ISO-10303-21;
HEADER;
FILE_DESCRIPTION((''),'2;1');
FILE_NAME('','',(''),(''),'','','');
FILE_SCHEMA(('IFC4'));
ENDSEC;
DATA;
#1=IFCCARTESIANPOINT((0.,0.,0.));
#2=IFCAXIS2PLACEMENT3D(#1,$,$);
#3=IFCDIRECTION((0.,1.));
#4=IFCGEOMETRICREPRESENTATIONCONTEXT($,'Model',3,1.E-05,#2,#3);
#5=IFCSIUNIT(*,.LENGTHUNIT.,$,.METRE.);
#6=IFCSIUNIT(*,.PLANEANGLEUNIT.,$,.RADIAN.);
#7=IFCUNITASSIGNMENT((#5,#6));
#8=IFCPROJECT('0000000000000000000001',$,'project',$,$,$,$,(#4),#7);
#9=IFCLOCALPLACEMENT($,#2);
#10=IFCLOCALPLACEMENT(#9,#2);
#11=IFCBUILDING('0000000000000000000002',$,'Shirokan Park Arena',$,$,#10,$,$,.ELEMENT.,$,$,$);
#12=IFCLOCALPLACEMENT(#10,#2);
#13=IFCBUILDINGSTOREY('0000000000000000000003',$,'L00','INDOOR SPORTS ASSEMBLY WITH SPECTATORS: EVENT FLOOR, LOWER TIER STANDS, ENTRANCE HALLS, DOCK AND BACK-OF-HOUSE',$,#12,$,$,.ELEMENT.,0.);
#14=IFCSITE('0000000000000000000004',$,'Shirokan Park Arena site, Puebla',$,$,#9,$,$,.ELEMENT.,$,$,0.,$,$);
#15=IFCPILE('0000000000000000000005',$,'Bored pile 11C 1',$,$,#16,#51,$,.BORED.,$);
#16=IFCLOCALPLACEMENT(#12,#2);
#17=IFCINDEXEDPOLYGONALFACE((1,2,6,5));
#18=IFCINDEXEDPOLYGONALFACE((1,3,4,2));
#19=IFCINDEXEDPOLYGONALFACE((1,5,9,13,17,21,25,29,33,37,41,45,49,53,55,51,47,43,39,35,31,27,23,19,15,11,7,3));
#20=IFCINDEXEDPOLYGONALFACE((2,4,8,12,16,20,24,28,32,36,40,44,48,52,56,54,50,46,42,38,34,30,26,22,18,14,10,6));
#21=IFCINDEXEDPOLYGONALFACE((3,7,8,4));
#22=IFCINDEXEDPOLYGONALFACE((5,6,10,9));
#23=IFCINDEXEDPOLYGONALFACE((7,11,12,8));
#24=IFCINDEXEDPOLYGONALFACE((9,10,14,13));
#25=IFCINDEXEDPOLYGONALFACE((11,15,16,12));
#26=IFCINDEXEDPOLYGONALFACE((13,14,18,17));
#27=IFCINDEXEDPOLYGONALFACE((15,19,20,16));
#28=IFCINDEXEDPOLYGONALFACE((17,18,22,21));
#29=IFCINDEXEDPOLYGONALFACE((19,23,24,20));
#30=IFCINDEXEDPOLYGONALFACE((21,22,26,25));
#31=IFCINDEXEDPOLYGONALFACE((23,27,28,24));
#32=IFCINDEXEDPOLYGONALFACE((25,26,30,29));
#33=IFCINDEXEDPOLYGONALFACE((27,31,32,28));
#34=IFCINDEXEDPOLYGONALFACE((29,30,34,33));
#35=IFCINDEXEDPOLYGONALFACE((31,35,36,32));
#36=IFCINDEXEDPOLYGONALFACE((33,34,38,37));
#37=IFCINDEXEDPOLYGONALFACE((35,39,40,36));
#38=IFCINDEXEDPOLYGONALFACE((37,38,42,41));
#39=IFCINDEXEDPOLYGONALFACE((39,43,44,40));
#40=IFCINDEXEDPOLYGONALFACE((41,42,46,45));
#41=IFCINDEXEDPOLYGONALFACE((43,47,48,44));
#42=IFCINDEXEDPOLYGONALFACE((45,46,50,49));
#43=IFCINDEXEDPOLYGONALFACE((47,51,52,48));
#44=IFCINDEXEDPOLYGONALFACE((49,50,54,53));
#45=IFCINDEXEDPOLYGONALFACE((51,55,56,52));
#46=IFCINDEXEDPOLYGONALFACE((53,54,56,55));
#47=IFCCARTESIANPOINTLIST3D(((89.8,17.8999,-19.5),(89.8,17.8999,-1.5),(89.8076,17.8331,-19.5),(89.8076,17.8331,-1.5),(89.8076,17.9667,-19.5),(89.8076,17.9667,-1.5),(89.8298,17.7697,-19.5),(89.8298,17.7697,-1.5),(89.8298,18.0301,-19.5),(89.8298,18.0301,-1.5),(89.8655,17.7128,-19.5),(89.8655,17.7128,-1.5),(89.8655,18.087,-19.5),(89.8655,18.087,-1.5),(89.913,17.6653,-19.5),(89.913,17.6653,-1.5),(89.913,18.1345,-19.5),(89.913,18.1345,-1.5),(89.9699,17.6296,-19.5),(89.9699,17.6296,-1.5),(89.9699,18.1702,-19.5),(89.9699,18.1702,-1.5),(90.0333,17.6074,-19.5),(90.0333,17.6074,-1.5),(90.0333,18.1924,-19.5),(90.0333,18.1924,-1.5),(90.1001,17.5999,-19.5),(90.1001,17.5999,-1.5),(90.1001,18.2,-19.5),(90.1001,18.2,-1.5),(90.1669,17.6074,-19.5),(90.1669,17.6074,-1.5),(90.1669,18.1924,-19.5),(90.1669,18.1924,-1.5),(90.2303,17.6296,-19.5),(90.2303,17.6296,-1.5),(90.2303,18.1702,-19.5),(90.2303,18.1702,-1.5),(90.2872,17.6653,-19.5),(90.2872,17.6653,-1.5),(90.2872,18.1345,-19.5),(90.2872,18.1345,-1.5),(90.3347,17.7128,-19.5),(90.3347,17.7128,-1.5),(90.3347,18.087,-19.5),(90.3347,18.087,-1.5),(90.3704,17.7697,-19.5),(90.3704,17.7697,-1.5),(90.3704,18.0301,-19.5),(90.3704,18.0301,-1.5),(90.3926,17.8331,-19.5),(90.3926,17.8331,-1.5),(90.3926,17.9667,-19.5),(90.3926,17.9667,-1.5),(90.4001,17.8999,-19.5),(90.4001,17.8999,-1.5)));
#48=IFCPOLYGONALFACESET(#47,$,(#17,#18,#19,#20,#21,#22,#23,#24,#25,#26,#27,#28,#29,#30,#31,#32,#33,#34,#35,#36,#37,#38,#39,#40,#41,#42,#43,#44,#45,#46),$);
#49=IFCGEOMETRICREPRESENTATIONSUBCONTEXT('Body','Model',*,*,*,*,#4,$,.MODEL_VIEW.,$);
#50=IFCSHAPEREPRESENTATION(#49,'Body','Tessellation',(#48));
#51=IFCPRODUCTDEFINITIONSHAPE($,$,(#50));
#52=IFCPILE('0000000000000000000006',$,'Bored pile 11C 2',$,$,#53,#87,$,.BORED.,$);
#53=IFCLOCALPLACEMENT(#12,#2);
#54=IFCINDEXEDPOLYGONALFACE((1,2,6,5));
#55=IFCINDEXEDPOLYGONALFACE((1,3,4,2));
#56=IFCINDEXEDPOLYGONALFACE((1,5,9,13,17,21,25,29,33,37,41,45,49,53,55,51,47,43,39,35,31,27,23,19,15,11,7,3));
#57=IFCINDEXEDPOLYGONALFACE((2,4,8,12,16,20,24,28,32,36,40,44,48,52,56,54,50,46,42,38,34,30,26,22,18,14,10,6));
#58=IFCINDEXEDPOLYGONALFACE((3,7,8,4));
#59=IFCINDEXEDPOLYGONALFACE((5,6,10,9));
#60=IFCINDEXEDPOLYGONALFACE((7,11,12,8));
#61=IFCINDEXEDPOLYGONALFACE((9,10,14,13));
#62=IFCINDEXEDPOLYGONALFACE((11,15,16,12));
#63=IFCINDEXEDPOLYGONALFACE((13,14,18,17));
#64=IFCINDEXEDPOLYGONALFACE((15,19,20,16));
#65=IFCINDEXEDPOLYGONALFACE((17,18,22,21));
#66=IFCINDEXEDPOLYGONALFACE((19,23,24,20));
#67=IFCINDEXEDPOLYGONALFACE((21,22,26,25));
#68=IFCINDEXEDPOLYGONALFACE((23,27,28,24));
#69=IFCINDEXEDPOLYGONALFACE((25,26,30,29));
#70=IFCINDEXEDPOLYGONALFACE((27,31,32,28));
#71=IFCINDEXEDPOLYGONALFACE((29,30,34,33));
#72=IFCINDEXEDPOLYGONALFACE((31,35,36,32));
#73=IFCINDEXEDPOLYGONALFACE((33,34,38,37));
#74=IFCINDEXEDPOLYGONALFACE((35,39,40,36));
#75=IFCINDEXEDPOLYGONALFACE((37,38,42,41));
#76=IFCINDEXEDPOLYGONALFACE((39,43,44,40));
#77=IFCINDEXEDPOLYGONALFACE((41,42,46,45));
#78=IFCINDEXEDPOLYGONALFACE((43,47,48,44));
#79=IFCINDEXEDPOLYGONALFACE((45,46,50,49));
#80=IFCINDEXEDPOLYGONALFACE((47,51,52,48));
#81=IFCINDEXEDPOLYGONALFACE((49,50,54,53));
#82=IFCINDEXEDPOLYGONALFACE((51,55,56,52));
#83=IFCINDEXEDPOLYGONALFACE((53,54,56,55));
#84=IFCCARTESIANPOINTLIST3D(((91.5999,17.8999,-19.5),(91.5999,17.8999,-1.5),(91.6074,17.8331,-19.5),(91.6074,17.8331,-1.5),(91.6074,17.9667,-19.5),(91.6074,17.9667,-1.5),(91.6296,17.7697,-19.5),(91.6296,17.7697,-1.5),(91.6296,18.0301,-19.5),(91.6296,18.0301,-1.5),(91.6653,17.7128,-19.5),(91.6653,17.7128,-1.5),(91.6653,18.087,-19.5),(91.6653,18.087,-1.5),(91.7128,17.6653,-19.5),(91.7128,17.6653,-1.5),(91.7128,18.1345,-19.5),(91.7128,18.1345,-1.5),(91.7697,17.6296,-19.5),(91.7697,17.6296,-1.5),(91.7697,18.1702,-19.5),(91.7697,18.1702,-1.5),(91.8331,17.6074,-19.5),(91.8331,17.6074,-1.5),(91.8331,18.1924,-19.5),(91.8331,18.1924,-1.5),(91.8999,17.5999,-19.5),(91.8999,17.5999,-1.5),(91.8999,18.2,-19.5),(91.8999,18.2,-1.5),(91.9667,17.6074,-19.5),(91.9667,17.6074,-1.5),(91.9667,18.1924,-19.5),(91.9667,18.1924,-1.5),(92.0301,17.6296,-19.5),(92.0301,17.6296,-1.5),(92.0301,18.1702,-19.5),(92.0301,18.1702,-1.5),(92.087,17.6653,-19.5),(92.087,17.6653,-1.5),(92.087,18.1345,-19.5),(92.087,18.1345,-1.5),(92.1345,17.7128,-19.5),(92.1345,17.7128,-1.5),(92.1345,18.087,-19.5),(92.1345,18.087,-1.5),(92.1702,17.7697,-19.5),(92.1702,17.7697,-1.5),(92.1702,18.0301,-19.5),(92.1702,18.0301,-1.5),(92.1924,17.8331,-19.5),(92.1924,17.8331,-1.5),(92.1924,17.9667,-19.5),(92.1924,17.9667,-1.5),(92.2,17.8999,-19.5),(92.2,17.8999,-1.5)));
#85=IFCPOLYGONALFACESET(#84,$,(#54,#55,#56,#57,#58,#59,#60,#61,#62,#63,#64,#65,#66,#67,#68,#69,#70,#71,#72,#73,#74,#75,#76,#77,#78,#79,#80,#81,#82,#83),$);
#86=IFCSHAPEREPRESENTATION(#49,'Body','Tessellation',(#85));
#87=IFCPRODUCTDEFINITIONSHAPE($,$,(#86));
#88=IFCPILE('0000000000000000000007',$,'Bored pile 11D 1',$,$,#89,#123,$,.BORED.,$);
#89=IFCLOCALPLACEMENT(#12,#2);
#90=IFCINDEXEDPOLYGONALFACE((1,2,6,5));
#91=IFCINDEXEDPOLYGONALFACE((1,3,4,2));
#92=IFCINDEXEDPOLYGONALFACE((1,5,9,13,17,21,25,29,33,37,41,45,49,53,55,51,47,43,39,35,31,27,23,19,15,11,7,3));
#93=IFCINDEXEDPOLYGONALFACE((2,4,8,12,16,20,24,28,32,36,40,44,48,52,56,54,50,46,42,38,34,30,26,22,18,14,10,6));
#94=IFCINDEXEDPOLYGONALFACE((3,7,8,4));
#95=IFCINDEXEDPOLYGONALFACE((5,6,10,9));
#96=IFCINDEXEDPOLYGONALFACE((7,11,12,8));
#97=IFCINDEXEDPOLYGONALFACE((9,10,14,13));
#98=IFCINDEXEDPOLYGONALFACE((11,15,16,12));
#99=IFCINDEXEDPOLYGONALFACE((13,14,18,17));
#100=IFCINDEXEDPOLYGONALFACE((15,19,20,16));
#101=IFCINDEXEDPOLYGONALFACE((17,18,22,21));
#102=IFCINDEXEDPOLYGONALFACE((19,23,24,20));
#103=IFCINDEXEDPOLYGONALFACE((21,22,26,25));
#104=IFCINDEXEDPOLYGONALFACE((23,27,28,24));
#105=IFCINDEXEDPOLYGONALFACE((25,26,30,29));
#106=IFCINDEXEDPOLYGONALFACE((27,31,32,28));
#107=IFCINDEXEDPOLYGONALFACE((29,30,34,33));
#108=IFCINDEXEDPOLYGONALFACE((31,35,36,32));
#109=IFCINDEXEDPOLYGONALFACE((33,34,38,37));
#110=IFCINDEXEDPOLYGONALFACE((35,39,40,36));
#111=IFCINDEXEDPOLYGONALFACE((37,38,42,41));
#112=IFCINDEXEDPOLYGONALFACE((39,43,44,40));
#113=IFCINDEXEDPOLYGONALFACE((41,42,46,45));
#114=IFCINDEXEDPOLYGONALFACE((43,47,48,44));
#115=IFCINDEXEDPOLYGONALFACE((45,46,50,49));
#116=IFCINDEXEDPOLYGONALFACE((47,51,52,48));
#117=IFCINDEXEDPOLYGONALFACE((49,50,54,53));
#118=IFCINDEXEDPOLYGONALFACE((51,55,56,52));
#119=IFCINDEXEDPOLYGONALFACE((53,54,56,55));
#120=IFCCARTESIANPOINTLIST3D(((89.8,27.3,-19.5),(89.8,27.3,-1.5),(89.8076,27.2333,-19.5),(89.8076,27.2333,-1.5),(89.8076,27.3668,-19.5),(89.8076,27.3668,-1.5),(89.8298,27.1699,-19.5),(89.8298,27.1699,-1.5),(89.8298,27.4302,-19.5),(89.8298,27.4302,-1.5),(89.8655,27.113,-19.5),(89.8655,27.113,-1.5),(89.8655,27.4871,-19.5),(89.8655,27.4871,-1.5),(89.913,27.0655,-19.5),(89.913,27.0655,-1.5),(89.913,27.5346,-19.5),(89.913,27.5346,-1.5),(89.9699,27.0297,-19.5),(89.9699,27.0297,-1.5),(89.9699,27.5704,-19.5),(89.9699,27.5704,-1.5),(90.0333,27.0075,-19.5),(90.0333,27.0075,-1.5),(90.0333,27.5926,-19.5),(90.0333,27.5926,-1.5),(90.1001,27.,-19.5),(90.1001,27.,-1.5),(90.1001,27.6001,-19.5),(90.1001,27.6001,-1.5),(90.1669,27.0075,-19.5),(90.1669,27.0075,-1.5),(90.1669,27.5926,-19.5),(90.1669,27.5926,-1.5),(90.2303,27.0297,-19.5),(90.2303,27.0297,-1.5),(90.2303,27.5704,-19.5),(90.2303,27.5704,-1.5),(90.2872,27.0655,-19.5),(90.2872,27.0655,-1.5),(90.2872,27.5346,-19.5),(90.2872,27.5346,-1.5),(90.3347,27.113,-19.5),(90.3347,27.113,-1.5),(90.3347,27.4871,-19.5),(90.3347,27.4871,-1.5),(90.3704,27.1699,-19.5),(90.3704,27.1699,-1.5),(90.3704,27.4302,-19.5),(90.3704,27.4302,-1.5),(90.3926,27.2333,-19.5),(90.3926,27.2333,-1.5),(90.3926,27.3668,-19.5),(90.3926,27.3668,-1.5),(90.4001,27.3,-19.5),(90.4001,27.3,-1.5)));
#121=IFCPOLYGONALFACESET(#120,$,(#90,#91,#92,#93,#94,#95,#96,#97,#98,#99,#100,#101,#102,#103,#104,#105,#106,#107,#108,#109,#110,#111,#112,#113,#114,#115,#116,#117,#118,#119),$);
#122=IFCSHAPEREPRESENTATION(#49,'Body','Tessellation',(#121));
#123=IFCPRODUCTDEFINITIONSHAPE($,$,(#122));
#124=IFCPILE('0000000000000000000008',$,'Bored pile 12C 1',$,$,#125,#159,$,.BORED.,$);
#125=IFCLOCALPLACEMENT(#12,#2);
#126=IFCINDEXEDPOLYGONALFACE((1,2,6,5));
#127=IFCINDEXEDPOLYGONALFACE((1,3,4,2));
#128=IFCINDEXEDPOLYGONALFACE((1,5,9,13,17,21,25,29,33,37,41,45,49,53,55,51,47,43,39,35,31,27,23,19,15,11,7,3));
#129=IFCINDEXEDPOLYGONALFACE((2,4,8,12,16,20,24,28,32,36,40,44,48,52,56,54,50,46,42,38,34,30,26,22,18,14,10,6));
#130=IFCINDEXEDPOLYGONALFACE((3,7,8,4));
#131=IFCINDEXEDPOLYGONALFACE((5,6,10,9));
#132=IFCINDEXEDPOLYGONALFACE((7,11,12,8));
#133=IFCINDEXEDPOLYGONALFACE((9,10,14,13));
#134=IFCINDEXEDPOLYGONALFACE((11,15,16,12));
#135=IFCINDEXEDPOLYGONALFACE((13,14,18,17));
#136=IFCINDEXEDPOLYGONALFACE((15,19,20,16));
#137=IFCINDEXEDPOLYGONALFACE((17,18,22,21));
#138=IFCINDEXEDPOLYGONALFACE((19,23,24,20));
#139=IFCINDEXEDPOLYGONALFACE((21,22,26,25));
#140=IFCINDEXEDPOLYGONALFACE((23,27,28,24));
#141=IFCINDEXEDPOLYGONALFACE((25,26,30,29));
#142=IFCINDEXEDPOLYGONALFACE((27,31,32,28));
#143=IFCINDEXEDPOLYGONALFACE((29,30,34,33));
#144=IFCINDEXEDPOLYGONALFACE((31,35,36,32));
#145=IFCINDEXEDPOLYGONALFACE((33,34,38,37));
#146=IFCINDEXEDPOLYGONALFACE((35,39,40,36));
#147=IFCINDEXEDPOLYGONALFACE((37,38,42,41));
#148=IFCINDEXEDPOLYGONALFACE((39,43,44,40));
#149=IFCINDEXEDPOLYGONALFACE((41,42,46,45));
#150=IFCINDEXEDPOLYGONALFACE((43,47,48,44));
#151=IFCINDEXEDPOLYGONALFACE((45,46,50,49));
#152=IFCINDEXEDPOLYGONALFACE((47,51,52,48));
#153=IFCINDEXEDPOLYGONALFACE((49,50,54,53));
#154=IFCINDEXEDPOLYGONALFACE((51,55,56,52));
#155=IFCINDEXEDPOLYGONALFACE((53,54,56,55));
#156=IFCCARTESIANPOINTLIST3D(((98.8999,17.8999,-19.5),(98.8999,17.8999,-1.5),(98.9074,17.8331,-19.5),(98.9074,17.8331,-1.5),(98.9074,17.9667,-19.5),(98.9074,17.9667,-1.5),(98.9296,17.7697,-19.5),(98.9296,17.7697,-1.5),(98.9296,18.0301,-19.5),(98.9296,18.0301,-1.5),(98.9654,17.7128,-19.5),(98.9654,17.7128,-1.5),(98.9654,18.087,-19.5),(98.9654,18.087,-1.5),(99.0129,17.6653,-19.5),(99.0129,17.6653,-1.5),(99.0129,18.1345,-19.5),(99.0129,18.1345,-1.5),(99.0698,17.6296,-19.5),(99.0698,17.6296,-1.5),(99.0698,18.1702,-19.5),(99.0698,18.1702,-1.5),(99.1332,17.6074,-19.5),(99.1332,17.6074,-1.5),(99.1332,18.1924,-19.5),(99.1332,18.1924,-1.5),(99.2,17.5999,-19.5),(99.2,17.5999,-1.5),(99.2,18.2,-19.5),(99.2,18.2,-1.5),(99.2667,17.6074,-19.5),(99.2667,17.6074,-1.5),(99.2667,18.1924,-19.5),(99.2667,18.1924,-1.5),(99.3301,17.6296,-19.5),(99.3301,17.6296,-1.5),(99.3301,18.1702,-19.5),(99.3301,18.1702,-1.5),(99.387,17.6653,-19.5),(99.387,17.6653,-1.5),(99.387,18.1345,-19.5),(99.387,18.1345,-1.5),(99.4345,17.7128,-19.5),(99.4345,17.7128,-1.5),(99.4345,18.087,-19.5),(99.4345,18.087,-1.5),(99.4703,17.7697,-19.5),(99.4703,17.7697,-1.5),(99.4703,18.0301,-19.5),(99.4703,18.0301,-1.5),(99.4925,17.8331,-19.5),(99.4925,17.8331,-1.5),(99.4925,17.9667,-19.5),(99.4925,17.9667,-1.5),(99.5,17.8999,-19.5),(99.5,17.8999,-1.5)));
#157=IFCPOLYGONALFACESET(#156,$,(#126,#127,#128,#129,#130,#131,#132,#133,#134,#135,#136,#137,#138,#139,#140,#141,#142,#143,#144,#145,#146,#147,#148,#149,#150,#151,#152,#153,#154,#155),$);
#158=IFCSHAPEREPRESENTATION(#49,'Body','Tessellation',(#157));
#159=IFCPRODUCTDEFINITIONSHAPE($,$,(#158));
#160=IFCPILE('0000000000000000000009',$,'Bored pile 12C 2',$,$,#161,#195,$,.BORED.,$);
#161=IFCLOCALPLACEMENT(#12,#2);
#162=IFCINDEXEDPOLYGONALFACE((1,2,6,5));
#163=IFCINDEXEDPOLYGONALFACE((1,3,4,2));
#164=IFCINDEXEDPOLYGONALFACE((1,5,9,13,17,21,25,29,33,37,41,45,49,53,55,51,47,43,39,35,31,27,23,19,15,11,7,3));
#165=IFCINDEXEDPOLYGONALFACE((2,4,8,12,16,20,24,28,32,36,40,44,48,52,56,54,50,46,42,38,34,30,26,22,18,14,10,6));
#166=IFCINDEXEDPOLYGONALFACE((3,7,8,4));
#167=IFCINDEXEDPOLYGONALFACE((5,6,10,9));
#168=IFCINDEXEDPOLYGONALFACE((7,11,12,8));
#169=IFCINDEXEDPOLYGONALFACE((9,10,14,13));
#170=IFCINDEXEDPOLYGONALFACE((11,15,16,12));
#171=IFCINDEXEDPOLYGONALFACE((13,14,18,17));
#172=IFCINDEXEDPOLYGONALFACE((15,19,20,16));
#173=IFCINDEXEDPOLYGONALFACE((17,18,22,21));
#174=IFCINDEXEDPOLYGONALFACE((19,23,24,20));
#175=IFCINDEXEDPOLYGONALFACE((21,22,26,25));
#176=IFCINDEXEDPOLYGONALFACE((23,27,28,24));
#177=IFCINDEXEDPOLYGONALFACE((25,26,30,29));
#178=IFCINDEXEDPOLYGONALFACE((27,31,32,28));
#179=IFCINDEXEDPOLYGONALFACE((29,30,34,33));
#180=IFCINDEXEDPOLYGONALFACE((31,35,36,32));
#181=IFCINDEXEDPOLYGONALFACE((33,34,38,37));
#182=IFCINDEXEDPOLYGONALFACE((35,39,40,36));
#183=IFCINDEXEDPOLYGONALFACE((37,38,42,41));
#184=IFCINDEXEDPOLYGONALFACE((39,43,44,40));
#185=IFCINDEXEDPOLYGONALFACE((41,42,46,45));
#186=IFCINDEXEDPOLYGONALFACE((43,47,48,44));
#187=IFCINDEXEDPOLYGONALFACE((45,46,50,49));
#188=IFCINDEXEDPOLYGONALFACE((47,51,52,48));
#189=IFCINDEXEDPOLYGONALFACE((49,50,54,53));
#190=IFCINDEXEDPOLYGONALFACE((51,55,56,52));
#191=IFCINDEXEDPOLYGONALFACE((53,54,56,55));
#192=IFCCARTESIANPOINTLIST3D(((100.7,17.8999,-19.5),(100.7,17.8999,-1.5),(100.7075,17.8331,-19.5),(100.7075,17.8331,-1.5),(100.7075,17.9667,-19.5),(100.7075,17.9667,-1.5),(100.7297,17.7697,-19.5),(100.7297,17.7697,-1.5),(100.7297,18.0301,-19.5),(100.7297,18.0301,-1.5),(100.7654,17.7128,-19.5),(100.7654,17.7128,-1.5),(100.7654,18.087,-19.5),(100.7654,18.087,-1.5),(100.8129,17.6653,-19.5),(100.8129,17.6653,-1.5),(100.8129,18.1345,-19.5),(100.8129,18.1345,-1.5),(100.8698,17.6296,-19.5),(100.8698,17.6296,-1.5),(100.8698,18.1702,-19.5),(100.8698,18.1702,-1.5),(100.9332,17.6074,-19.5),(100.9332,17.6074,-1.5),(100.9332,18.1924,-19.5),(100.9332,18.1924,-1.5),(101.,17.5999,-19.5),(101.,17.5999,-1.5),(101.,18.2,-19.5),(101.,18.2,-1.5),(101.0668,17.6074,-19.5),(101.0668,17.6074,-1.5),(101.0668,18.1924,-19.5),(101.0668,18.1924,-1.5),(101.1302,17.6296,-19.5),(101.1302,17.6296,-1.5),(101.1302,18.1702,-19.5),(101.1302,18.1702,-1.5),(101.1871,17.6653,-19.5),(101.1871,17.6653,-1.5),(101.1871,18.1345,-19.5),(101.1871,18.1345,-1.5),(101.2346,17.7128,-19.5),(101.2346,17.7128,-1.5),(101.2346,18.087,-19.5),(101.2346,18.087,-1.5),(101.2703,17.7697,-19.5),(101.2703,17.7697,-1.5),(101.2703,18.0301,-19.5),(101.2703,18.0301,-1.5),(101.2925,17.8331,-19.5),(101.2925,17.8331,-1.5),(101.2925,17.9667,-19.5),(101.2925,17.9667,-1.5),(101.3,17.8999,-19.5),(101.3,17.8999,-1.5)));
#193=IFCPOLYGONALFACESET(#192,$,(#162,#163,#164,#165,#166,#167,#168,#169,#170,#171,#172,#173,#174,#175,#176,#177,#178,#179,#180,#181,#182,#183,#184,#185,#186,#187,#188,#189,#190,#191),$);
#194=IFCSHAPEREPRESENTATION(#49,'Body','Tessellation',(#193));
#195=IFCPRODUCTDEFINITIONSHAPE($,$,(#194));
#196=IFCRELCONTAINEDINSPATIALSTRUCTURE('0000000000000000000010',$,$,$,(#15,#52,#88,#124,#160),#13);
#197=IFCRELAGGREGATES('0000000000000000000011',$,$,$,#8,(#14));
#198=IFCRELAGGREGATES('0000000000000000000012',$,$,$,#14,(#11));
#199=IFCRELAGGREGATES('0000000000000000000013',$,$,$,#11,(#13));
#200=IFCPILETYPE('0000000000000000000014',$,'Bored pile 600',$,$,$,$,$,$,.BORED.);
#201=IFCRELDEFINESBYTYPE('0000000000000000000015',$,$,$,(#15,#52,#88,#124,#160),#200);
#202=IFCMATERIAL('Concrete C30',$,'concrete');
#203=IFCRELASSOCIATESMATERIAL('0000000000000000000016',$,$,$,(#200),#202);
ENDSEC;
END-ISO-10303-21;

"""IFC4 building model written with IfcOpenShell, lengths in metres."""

from ifc_helpers import new_model, si_unit, direction, frame, origin, origin_2d, place, context, subcontext, project, spatial, circle, extrude, material, material_profile, profile_set, type_object, element, save


model = new_model("IFC4")

# Units and contexts
model_context = context("Model", 3, precision=1e-05, world=origin(), true_north=direction((0.0, 1.0)))
body_context = subcontext(model_context, "Body", "Model", "MODEL_VIEW")
ifc_project = project(units=[si_unit("LENGTHUNIT", "METRE"), si_unit("PLANEANGLEUNIT", "RADIAN")], contexts=[model_context])

# Site, building, storey
site_placement = place(None, origin())
site = spatial("IfcSite", under=ifc_project, at=site_placement, Name="Shirokan Park Arena site, Puebla", CompositionType="ELEMENT", RefElevation=0.0)
building_placement = place(site_placement, origin())
building = spatial("IfcBuilding", under=site, at=building_placement, Name="Shirokan Park Arena", CompositionType="ELEMENT")
storey_placement = place(building_placement, origin())
storey = spatial("IfcBuildingStorey", under=building, at=storey_placement, Name="L00", Description="INDOOR SPORTS ASSEMBLY WITH SPECTATORS: EVENT FLOOR, LOWER TIER STANDS, ENTRANCE HALLS, DOCK AND BACK-OF-HOUSE", CompositionType="ELEMENT", Elevation=0.0)

# Piles
ifc_material_1 = material(Name="Concrete C30", Category="concrete")
ifc_material_profile_1 = material_profile(ifc_material_1, circle(Radius=0.3, at=origin_2d()), Name="D600")
ifc_profile_set_1 = profile_set([ifc_material_profile_1], Name="Concrete C30")
pile_type_1 = type_object("IfcPileType", Name="Bored pile 600", PredefinedType="BORED", material=ifc_profile_set_1)
for number, where, z_axis, x_axis, name in (
    (1, (90.1001, 17.8999, -1.5), (0.0, 0.0, -1.0), (1.0, 0.0, 0.0), "Bored pile 11C 1"),
    (2, (91.8999, 17.8999, -1.5), (0.0, 0.0, -1.0), (1.0, 0.0, 0.0), "Bored pile 11C 2"),
    (3, (90.1001, 27.3, -1.5), (0.0, 0.0, -1.0), (1.0, 0.0, 0.0), "Bored pile 11D 1"),
    (4, (99.2, 17.8999, -1.5), (0.0, 0.0, -1.0), (1.0, 0.0, 0.0), "Bored pile 12C 1"),
    (5, (101.0, 17.8999, -1.5), (0.0, 0.0, -1.0), (1.0, 0.0, 0.0), "Bored pile 12C 2"),
):
    element("IfcPile", number, at=place(storey_placement, frame(where, z_axis=z_axis, x_axis=x_axis)), inside=storey, type_object=pile_type_1, Name=name, PredefinedType="BORED", context=body_context, shape_type="SweptSolid", body=[
        extrude(circle(Radius=0.3, at=origin_2d()), origin(), (0.0, 0.0, 1.0), 18.0),
    ])

save(model, "model.ifc")
